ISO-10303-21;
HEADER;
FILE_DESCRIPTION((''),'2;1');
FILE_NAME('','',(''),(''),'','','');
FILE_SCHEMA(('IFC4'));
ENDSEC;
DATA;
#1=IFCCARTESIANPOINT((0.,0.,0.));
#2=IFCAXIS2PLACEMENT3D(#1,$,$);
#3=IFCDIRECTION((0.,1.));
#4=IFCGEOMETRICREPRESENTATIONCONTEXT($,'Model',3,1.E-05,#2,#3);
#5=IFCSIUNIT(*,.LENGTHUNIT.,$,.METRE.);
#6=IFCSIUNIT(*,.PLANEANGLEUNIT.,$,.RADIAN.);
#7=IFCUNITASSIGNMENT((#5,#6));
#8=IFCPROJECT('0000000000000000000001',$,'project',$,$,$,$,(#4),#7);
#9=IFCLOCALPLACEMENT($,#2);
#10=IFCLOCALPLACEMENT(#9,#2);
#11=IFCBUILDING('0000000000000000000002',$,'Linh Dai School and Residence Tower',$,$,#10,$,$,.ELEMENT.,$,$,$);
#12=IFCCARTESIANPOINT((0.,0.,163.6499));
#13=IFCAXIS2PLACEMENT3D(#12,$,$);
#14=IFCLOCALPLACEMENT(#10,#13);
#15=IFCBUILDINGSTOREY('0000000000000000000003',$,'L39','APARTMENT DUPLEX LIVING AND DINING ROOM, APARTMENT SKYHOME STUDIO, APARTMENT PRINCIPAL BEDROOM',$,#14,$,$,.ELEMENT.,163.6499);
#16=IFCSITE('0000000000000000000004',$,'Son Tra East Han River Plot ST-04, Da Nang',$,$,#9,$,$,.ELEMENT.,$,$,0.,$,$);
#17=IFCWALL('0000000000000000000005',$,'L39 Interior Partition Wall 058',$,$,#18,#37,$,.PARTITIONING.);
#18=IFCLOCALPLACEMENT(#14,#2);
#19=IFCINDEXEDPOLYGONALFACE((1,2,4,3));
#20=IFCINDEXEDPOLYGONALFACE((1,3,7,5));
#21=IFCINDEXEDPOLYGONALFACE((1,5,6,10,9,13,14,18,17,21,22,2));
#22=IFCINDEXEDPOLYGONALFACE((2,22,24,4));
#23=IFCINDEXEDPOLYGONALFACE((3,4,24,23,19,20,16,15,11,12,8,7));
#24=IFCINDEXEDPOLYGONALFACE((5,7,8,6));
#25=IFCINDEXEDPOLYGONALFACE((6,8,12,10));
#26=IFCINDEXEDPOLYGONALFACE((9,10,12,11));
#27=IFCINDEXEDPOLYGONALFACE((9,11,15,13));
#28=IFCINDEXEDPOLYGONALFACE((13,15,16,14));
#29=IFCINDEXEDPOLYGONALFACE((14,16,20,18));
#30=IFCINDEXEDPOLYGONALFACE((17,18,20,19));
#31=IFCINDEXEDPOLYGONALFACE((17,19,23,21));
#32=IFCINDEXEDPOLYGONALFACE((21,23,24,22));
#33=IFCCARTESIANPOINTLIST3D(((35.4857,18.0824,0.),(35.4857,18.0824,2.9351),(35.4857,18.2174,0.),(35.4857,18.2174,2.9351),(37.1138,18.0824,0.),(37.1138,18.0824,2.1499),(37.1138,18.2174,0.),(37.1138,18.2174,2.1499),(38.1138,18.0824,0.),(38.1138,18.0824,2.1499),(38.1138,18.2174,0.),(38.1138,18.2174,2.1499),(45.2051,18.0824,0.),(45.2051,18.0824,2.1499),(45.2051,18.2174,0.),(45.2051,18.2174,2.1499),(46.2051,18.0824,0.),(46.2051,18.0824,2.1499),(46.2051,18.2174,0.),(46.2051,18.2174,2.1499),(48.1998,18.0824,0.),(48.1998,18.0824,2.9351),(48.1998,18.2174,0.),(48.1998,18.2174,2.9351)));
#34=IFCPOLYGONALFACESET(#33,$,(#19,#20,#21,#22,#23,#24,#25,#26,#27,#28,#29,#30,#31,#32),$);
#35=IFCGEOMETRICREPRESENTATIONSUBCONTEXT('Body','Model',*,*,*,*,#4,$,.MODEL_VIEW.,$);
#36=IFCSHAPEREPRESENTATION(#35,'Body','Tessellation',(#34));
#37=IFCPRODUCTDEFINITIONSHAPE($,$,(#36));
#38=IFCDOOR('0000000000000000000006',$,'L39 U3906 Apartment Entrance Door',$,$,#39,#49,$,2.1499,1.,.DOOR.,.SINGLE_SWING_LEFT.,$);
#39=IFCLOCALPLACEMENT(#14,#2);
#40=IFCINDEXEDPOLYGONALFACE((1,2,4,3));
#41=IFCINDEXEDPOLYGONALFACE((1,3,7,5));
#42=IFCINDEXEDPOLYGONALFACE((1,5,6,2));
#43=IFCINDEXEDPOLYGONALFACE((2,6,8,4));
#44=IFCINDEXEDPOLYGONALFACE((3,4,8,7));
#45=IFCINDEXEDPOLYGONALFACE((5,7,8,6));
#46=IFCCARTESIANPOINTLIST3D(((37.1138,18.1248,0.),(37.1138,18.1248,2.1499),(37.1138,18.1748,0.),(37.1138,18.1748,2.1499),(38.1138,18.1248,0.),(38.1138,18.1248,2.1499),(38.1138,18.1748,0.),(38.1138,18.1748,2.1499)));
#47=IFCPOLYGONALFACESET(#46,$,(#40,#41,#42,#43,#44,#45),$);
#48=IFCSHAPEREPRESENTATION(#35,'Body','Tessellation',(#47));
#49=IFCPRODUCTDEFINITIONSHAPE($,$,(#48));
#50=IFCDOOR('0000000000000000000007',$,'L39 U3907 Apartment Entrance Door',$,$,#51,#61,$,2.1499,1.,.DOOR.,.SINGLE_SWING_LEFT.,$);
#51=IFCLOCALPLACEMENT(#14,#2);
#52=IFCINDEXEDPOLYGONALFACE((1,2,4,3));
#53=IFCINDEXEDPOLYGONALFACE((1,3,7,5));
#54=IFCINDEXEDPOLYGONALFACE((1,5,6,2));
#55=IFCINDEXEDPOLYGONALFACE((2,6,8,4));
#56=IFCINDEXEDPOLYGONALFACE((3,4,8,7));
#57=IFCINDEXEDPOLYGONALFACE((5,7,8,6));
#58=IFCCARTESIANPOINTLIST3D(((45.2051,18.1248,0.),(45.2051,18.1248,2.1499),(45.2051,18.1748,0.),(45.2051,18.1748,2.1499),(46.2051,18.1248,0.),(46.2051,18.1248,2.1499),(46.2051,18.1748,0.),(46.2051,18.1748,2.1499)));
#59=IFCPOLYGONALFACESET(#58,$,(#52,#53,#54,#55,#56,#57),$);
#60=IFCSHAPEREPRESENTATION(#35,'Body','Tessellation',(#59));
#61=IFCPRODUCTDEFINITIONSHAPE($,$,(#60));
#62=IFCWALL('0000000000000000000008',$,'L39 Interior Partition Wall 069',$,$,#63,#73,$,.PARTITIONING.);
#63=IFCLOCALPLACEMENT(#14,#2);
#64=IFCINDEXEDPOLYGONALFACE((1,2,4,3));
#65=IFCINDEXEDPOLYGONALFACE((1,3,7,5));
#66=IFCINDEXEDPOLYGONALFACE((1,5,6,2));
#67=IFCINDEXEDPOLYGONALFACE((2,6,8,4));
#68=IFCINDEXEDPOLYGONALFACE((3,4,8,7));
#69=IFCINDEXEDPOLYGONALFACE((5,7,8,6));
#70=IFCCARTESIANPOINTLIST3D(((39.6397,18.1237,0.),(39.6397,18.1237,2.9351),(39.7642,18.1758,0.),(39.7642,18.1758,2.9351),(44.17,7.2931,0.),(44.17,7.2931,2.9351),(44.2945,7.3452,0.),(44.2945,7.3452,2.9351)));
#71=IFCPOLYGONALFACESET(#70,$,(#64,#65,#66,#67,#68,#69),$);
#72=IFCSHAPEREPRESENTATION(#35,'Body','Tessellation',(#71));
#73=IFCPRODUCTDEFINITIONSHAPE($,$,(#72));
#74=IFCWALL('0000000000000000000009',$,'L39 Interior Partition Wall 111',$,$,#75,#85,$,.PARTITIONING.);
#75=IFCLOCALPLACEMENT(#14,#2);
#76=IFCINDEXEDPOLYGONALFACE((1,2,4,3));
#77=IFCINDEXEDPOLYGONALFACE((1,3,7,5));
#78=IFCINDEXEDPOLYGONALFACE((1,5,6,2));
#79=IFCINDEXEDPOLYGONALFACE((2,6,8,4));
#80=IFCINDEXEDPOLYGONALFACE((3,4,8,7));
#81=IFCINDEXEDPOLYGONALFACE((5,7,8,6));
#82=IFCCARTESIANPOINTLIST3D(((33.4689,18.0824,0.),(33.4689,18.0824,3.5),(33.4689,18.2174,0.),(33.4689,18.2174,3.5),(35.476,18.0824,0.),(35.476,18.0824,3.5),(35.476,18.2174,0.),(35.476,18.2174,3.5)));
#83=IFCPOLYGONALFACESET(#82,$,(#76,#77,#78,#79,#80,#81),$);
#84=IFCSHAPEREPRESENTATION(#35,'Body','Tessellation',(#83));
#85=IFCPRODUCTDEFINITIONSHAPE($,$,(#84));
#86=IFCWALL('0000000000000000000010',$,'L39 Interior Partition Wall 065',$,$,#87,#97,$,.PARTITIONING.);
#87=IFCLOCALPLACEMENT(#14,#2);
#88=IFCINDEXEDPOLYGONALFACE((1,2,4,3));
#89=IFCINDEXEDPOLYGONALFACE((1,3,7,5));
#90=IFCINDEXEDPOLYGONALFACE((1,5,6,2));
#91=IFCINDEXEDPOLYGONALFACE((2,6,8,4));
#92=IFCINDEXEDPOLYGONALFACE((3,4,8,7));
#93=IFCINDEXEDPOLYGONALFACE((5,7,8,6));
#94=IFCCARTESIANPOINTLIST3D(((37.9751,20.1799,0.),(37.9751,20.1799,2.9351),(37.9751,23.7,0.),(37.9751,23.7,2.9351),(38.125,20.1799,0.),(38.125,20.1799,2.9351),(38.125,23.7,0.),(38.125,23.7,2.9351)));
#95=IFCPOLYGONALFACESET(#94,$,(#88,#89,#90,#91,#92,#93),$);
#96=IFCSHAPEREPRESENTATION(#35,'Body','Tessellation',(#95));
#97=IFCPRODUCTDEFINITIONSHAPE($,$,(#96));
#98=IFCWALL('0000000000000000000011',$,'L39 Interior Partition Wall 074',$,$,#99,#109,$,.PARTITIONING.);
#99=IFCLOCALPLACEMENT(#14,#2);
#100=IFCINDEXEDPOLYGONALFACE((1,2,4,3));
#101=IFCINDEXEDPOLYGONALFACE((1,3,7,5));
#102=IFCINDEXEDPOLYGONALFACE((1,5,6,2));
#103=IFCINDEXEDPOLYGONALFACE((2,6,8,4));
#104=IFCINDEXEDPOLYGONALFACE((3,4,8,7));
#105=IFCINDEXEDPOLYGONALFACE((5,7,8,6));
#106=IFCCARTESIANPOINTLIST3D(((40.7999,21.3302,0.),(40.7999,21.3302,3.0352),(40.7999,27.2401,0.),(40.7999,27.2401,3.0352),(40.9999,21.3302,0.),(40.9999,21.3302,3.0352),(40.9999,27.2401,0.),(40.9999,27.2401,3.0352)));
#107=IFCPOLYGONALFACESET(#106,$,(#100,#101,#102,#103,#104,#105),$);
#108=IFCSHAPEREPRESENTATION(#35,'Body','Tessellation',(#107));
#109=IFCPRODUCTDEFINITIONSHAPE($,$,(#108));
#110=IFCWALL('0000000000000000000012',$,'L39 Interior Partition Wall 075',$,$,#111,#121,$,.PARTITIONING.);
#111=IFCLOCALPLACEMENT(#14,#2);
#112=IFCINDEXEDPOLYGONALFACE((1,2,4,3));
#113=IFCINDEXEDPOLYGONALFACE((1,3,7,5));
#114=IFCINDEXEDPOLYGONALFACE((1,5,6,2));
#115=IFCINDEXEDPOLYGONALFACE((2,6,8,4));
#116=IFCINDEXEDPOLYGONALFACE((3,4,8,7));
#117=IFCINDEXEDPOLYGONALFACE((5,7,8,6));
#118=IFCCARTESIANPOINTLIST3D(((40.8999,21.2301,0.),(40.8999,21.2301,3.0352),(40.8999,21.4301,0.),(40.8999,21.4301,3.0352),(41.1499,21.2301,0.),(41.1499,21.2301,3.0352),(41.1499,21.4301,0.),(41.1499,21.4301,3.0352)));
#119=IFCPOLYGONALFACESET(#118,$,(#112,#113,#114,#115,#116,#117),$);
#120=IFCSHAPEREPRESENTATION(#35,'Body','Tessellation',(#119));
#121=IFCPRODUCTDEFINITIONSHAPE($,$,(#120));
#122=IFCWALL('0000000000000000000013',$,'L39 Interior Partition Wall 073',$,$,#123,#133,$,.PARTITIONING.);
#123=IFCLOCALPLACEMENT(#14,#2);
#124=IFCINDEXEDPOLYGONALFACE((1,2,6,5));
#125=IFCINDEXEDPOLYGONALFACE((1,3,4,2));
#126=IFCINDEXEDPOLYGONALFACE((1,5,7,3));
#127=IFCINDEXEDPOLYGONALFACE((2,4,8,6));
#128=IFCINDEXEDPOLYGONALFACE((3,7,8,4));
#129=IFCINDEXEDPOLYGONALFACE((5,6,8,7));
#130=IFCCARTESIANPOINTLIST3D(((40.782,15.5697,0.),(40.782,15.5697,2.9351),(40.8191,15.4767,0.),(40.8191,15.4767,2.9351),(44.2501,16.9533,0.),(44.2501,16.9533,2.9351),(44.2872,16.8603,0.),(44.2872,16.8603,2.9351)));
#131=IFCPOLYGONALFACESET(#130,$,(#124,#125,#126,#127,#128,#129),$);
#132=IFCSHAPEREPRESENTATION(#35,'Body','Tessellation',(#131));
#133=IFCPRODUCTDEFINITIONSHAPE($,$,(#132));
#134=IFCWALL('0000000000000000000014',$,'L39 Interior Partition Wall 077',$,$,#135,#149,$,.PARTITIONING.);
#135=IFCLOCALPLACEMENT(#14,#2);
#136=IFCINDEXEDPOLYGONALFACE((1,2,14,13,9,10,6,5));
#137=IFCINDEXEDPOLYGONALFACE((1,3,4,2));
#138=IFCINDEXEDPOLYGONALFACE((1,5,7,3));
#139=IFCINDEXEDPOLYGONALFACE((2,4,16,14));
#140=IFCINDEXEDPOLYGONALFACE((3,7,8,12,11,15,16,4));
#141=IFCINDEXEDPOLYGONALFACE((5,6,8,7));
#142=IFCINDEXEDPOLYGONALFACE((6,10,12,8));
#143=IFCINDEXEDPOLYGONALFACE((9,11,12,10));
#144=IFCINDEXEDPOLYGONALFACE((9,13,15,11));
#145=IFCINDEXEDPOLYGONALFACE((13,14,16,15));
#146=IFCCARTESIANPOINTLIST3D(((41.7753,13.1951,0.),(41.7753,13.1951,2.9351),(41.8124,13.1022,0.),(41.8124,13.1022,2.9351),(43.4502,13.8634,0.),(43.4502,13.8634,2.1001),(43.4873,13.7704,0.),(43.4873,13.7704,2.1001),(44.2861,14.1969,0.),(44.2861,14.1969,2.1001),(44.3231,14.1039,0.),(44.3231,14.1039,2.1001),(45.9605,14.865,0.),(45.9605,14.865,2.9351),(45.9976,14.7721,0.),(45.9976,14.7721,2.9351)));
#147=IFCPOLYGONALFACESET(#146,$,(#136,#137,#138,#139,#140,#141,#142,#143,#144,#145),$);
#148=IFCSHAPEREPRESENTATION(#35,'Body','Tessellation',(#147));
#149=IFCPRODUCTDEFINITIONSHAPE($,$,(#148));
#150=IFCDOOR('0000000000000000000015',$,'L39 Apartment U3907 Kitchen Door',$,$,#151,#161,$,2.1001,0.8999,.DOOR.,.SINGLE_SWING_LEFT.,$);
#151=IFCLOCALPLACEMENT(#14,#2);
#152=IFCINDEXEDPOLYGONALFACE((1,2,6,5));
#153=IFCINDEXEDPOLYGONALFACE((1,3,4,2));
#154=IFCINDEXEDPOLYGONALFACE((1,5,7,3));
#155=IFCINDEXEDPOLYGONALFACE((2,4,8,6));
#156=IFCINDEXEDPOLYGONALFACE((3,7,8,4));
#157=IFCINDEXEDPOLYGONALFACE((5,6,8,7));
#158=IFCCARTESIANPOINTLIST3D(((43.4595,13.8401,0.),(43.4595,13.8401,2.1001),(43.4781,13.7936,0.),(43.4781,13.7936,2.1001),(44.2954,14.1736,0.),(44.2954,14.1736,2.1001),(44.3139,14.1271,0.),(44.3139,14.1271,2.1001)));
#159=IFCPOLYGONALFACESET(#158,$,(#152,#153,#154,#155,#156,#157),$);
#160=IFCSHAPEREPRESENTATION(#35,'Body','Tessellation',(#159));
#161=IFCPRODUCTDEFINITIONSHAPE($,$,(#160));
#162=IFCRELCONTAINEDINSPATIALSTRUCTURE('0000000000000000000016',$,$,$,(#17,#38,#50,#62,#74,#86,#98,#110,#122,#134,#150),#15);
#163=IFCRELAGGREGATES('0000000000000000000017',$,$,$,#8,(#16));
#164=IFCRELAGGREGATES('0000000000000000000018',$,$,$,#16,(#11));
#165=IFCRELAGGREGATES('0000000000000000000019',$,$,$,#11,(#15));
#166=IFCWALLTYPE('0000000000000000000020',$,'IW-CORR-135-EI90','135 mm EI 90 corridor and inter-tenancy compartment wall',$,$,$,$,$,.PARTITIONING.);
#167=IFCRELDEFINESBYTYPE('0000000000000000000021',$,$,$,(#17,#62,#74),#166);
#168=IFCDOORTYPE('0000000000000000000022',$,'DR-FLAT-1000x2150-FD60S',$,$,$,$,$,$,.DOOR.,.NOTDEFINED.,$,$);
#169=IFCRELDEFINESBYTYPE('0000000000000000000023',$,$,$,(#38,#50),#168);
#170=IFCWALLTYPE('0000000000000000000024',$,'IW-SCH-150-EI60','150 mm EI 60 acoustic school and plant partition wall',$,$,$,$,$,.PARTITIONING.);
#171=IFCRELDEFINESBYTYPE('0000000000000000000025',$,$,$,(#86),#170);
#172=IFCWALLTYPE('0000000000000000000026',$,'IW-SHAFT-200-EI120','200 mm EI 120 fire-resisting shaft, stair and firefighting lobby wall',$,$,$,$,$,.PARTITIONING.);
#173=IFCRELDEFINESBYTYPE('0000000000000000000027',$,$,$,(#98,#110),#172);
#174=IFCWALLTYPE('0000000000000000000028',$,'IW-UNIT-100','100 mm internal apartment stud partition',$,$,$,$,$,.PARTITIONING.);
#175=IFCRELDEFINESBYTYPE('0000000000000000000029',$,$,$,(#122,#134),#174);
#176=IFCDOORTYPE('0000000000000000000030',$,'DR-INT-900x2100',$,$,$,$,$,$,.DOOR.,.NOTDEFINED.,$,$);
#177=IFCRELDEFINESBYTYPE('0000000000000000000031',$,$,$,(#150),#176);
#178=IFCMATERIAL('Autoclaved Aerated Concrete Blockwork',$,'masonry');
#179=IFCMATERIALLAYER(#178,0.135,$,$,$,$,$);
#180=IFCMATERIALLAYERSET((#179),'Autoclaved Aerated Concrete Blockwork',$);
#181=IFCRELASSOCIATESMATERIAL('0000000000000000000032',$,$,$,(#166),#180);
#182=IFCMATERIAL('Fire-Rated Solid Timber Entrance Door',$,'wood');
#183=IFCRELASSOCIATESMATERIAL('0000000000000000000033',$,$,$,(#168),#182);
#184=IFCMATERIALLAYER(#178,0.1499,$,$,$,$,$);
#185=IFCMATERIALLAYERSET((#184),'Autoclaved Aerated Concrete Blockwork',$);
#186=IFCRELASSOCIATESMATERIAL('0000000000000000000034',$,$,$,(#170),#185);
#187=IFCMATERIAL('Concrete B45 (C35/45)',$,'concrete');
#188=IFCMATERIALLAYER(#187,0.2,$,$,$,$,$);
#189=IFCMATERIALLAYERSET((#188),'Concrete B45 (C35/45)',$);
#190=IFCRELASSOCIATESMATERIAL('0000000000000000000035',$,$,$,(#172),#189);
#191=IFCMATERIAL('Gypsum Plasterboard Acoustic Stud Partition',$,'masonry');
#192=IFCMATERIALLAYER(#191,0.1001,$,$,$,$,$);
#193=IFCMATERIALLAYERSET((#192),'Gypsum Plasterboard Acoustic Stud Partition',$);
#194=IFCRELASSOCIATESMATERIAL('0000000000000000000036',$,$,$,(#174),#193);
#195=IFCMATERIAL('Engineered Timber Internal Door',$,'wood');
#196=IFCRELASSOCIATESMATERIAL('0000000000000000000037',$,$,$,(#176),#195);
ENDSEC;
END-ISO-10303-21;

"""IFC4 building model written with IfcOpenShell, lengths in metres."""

from ifc_helpers import new_model, si_unit, direction, frame, frame_2d, origin, origin_2d, place, context, subcontext, project, spatial, rectangle, extrude, source, transform, mapped, material, layer, layer_set, type_object, element, fill, save


model = new_model("IFC4")

# Units and contexts
model_context = context("Model", 3, precision=1e-05, world=origin(), true_north=direction((0.0, 1.0)))
body_context = subcontext(model_context, "Body", "Model", "MODEL_VIEW")
ifc_project = project(units=[si_unit("LENGTHUNIT", "METRE"), si_unit("PLANEANGLEUNIT", "RADIAN")], contexts=[model_context])

# Site, building, storey
site_placement = place(None, origin())
site = spatial("IfcSite", under=ifc_project, at=site_placement, Name="Son Tra East Han River Plot ST-04, Da Nang", CompositionType="ELEMENT", RefElevation=0.0)
building_placement = place(site_placement, origin())
building = spatial("IfcBuilding", under=site, at=building_placement, Name="Linh Dai School and Residence Tower", CompositionType="ELEMENT")
storey_placement = place(building_placement, frame((0.0, 0.0, 163.6499)))
storey = spatial("IfcBuildingStorey", under=building, at=storey_placement, Name="L39", Description="APARTMENT DUPLEX LIVING AND DINING ROOM, APARTMENT SKYHOME STUDIO, APARTMENT PRINCIPAL BEDROOM", CompositionType="ELEMENT", Elevation=163.6499)

# Wall, openings, doors
ifc_material_1 = material(Name="Autoclaved Aerated Concrete Blockwork", Category="masonry")
ifc_layer_1 = layer(ifc_material_1, 0.135)
ifc_layer_set_1 = layer_set([ifc_layer_1], Name="Autoclaved Aerated Concrete Blockwork")
wall_type_1 = type_object("IfcWallType", Name="IW-CORR-135-EI90", Description="135 mm EI 90 corridor and inter-tenancy compartment wall", PredefinedType="PARTITIONING", material=ifc_layer_set_1)
wall_1_placement = place(storey_placement, frame((35.4858, 18.1499, 0.0), z_axis=(0.0, 0.0, 1.0), x_axis=(1.0, 0.0, 0.0)))
wall_1 = element("IfcWall", 1, at=wall_1_placement, inside=storey, type_object=wall_type_1, Name="L39 Interior Partition Wall 058", PredefinedType="PARTITIONING", context=body_context, shape_type="SweptSolid", body=[
    extrude(rectangle(XDim=12.7141, YDim=0.135, at=frame_2d((6.3569, 0.0))), origin(), (0.0, 0.0, 1.0), 2.9351),
])
opening_1_placement = place(wall_1_placement, frame((1.6279, 0.0, 0.0)))
opening_1 = element("IfcOpeningElement", 2, at=opening_1_placement, cuts=wall_1, PredefinedType="OPENING", context=body_context, shape_type="SweptSolid", body=[
    extrude(rectangle(XDim=1.0, YDim=2.1499, at=origin_2d()), frame((0.5, 0.0776, 1.075), z_axis=(0.0, -1.0, 0.0), x_axis=(1.0, 0.0, 0.0)), (0.0, 0.0, 1.0), 0.155),
])
opening_2_placement = place(wall_1_placement, frame((9.7192, 0.0, 0.0)))
opening_2 = element("IfcOpeningElement", 3, at=opening_2_placement, cuts=wall_1, PredefinedType="OPENING", context=body_context, shape_type="SweptSolid", body=[
    extrude(rectangle(XDim=1.0, YDim=2.1499, at=origin_2d()), frame((0.5, 0.0776, 1.075), z_axis=(0.0, -1.0, 0.0), x_axis=(1.0, 0.0, 0.0)), (0.0, 0.0, 1.0), 0.155),
])
ifc_material_2 = material(Name="Fire-Rated Solid Timber Entrance Door", Category="wood")
door_type_1 = type_object("IfcDoorType", Name="DR-FLAT-1000x2150-FD60S", OperationType="NOTDEFINED", PredefinedType="DOOR", material=ifc_material_2)
shared_shape_1 = source(origin(), body_context, "Body", "SweptSolid", [
    extrude(rectangle(XDim=1.0, YDim=2.1499, at=origin_2d()), frame((0.5, 0.0249, 1.075), z_axis=(0.0, -1.0, 0.0), x_axis=(1.0, 0.0, 0.0)), (0.0, 0.0, 1.0), 0.05),
])
door_1_placement = place(opening_1_placement, origin())
door_1 = element("IfcDoor", 4, at=door_1_placement, inside=storey, type_object=door_type_1, Name="L39 U3906 Apartment Entrance Door", OperationType="SINGLE_SWING_LEFT", OverallHeight=2.1499, OverallWidth=1.0, PredefinedType="DOOR", context=body_context, shape_type="MappedRepresentation", body=[
    mapped(shared_shape_1, transform((0.0, 0.0, 0.0), x_axis=(1.0, 0.0, 0.0), y_axis=(0.0, 1.0, 0.0), z_axis=(0.0, 0.0, 1.0), scale=1.0)),
])
fill(opening_1, door_1)
door_2_placement = place(opening_2_placement, origin())
door_2 = element("IfcDoor", 5, at=door_2_placement, inside=storey, type_object=door_type_1, Name="L39 U3907 Apartment Entrance Door", OperationType="SINGLE_SWING_LEFT", OverallHeight=2.1499, OverallWidth=1.0, PredefinedType="DOOR", context=body_context, shape_type="MappedRepresentation", body=[
    mapped(shared_shape_1, transform((0.0, 0.0, 0.0), x_axis=(1.0, 0.0, 0.0), y_axis=(0.0, 1.0, 0.0), z_axis=(0.0, 0.0, 1.0), scale=1.0)),
])
fill(opening_2, door_2)

# Walls
wall_2_placement = place(storey_placement, frame((39.7019, 18.1499, 0.0), z_axis=(0.0, 0.0, 1.0), x_axis=(0.385888, -0.922546, 0.0)))
element("IfcWall", 6, at=wall_2_placement, inside=storey, type_object=wall_type_1, Name="L39 Interior Partition Wall 069", PredefinedType="PARTITIONING", context=body_context, shape_type="SweptSolid", body=[
    extrude(rectangle(XDim=11.74, YDim=0.135, at=frame_2d((5.8701, 0.0))), origin(), (0.0, 0.0, 1.0), 2.9351),
])
wall_3_placement = place(storey_placement, frame((35.4758, 18.1499, 0.0), z_axis=(0.0, 0.0, 1.0), x_axis=(-1.0, 0.0, 0.0)))
element("IfcWall", 7, at=wall_3_placement, inside=storey, type_object=wall_type_1, Name="L39 Interior Partition Wall 111", PredefinedType="PARTITIONING", context=body_context, shape_type="SweptSolid", body=[
    extrude(rectangle(XDim=2.0071, YDim=0.135, at=frame_2d((1.0034, 0.0))), origin(), (0.0, 0.0, 1.0), 3.5),
])
ifc_layer_2 = layer(ifc_material_1, 0.1499)
ifc_layer_set_2 = layer_set([ifc_layer_2], Name="Autoclaved Aerated Concrete Blockwork")
wall_type_2 = type_object("IfcWallType", Name="IW-SCH-150-EI60", Description="150 mm EI 60 acoustic school and plant partition wall", PredefinedType="PARTITIONING", material=ifc_layer_set_2)
wall_4_placement = place(storey_placement, frame((38.05, 20.1799, 0.0), z_axis=(0.0, 0.0, 1.0), x_axis=(0.0, 1.0, 0.0)))
element("IfcWall", 8, at=wall_4_placement, inside=storey, type_object=wall_type_2, Name="L39 Interior Partition Wall 065", PredefinedType="PARTITIONING", context=body_context, shape_type="SweptSolid", body=[
    extrude(rectangle(XDim=3.52, YDim=0.1499, at=frame_2d((1.76, 0.0))), origin(), (0.0, 0.0, 1.0), 2.9351),
])
ifc_material_3 = material(Name="Concrete B45 (C35/45)", Category="concrete")
ifc_layer_3 = layer(ifc_material_3, 0.2)
ifc_layer_set_3 = layer_set([ifc_layer_3], Name="Concrete B45 (C35/45)")
wall_type_3 = type_object("IfcWallType", Name="IW-SHAFT-200-EI120", Description="200 mm EI 120 fire-resisting shaft, stair and firefighting lobby wall", PredefinedType="PARTITIONING", material=ifc_layer_set_3)
wall_5_placement = place(storey_placement, frame((40.8999, 21.3301, 0.0), z_axis=(0.0, 0.0, 1.0), x_axis=(0.0, 1.0, 0.0)))
element("IfcWall", 9, at=wall_5_placement, inside=storey, type_object=wall_type_3, Name="L39 Interior Partition Wall 074", PredefinedType="PARTITIONING", context=body_context, shape_type="SweptSolid", body=[
    extrude(rectangle(XDim=5.9099, YDim=0.2, at=frame_2d((2.9551, 0.0))), origin(), (0.0, 0.0, 1.0), 3.0352),
])
wall_6_placement = place(storey_placement, frame((40.8999, 21.3301, 0.0), z_axis=(0.0, 0.0, 1.0), x_axis=(1.0, 0.0, 0.0)))
element("IfcWall", 10, at=wall_6_placement, inside=storey, type_object=wall_type_3, Name="L39 Interior Partition Wall 075", PredefinedType="PARTITIONING", context=body_context, shape_type="SweptSolid", body=[
    extrude(rectangle(XDim=0.25, YDim=0.2, at=frame_2d((0.125, 0.0))), origin(), (0.0, 0.0, 1.0), 3.0352),
])
ifc_material_4 = material(Name="Gypsum Plasterboard Acoustic Stud Partition", Category="masonry")
ifc_layer_4 = layer(ifc_material_4, 0.1001)
ifc_layer_set_4 = layer_set([ifc_layer_4], Name="Gypsum Plasterboard Acoustic Stud Partition")
wall_type_4 = type_object("IfcWallType", Name="IW-UNIT-100", Description="100 mm internal apartment stud partition", PredefinedType="PARTITIONING", material=ifc_layer_set_4)
wall_7_placement = place(storey_placement, frame((40.8005, 15.5232, 0.0), z_axis=(0.0, 0.0, 1.0), x_axis=(0.928815, 0.370545, 0.0)))
element("IfcWall", 11, at=wall_7_placement, inside=storey, type_object=wall_type_4, Name="L39 Interior Partition Wall 073", PredefinedType="PARTITIONING", context=body_context, shape_type="SweptSolid", body=[
    extrude(rectangle(XDim=3.7339, YDim=0.1001, at=frame_2d((1.8669, 0.0))), origin(), (0.0, 0.0, 1.0), 2.9351),
])

# Wall, opening, door
wall_8_placement = place(storey_placement, frame((41.7939, 13.1487, 0.0), z_axis=(0.0, 0.0, 1.0), x_axis=(0.928798, 0.370587, 0.0)))
wall_8 = element("IfcWall", 12, at=wall_8_placement, inside=storey, type_object=wall_type_4, Name="L39 Interior Partition Wall 077", PredefinedType="PARTITIONING", context=body_context, shape_type="SweptSolid", body=[
    extrude(rectangle(XDim=4.5061, YDim=0.1001, at=frame_2d((2.2529, 0.0))), origin(), (0.0, 0.0, 1.0), 2.9351),
])
opening_3_placement = place(wall_8_placement, frame((1.8032, 0.0, 0.0)))
opening_3 = element("IfcOpeningElement", 13, at=opening_3_placement, cuts=wall_8, PredefinedType="OPENING", context=body_context, shape_type="SweptSolid", body=[
    extrude(rectangle(XDim=0.8999, YDim=2.1001, at=origin_2d()), frame((0.45, 0.0601, 1.05), z_axis=(0.0, -1.0, 0.0), x_axis=(1.0, 0.0, 0.0)), (0.0, 0.0, 1.0), 0.1201),
])
ifc_material_5 = material(Name="Engineered Timber Internal Door", Category="wood")
door_type_2 = type_object("IfcDoorType", Name="DR-INT-900x2100", OperationType="NOTDEFINED", PredefinedType="DOOR", material=ifc_material_5)
shared_shape_2 = source(origin(), body_context, "Body", "SweptSolid", [
    extrude(rectangle(XDim=0.8999, YDim=2.1001, at=origin_2d()), frame((0.45, 0.0249, 1.05), z_axis=(0.0, -1.0, 0.0), x_axis=(1.0, 0.0, 0.0)), (0.0, 0.0, 1.0), 0.05),
])
door_3_placement = place(opening_3_placement, origin())
door_3 = element("IfcDoor", 14, at=door_3_placement, inside=storey, type_object=door_type_2, Name="L39 Apartment U3907 Kitchen Door", OperationType="SINGLE_SWING_LEFT", OverallHeight=2.1001, OverallWidth=0.8999, PredefinedType="DOOR", context=body_context, shape_type="MappedRepresentation", body=[
    mapped(shared_shape_2, transform((0.0, 0.0, 0.0), x_axis=(1.0, 0.0, 0.0), y_axis=(0.0, 1.0, 0.0), z_axis=(0.0, 0.0, 1.0), scale=1.0)),
])
fill(opening_3, door_3)

save(model, "model.ifc")
